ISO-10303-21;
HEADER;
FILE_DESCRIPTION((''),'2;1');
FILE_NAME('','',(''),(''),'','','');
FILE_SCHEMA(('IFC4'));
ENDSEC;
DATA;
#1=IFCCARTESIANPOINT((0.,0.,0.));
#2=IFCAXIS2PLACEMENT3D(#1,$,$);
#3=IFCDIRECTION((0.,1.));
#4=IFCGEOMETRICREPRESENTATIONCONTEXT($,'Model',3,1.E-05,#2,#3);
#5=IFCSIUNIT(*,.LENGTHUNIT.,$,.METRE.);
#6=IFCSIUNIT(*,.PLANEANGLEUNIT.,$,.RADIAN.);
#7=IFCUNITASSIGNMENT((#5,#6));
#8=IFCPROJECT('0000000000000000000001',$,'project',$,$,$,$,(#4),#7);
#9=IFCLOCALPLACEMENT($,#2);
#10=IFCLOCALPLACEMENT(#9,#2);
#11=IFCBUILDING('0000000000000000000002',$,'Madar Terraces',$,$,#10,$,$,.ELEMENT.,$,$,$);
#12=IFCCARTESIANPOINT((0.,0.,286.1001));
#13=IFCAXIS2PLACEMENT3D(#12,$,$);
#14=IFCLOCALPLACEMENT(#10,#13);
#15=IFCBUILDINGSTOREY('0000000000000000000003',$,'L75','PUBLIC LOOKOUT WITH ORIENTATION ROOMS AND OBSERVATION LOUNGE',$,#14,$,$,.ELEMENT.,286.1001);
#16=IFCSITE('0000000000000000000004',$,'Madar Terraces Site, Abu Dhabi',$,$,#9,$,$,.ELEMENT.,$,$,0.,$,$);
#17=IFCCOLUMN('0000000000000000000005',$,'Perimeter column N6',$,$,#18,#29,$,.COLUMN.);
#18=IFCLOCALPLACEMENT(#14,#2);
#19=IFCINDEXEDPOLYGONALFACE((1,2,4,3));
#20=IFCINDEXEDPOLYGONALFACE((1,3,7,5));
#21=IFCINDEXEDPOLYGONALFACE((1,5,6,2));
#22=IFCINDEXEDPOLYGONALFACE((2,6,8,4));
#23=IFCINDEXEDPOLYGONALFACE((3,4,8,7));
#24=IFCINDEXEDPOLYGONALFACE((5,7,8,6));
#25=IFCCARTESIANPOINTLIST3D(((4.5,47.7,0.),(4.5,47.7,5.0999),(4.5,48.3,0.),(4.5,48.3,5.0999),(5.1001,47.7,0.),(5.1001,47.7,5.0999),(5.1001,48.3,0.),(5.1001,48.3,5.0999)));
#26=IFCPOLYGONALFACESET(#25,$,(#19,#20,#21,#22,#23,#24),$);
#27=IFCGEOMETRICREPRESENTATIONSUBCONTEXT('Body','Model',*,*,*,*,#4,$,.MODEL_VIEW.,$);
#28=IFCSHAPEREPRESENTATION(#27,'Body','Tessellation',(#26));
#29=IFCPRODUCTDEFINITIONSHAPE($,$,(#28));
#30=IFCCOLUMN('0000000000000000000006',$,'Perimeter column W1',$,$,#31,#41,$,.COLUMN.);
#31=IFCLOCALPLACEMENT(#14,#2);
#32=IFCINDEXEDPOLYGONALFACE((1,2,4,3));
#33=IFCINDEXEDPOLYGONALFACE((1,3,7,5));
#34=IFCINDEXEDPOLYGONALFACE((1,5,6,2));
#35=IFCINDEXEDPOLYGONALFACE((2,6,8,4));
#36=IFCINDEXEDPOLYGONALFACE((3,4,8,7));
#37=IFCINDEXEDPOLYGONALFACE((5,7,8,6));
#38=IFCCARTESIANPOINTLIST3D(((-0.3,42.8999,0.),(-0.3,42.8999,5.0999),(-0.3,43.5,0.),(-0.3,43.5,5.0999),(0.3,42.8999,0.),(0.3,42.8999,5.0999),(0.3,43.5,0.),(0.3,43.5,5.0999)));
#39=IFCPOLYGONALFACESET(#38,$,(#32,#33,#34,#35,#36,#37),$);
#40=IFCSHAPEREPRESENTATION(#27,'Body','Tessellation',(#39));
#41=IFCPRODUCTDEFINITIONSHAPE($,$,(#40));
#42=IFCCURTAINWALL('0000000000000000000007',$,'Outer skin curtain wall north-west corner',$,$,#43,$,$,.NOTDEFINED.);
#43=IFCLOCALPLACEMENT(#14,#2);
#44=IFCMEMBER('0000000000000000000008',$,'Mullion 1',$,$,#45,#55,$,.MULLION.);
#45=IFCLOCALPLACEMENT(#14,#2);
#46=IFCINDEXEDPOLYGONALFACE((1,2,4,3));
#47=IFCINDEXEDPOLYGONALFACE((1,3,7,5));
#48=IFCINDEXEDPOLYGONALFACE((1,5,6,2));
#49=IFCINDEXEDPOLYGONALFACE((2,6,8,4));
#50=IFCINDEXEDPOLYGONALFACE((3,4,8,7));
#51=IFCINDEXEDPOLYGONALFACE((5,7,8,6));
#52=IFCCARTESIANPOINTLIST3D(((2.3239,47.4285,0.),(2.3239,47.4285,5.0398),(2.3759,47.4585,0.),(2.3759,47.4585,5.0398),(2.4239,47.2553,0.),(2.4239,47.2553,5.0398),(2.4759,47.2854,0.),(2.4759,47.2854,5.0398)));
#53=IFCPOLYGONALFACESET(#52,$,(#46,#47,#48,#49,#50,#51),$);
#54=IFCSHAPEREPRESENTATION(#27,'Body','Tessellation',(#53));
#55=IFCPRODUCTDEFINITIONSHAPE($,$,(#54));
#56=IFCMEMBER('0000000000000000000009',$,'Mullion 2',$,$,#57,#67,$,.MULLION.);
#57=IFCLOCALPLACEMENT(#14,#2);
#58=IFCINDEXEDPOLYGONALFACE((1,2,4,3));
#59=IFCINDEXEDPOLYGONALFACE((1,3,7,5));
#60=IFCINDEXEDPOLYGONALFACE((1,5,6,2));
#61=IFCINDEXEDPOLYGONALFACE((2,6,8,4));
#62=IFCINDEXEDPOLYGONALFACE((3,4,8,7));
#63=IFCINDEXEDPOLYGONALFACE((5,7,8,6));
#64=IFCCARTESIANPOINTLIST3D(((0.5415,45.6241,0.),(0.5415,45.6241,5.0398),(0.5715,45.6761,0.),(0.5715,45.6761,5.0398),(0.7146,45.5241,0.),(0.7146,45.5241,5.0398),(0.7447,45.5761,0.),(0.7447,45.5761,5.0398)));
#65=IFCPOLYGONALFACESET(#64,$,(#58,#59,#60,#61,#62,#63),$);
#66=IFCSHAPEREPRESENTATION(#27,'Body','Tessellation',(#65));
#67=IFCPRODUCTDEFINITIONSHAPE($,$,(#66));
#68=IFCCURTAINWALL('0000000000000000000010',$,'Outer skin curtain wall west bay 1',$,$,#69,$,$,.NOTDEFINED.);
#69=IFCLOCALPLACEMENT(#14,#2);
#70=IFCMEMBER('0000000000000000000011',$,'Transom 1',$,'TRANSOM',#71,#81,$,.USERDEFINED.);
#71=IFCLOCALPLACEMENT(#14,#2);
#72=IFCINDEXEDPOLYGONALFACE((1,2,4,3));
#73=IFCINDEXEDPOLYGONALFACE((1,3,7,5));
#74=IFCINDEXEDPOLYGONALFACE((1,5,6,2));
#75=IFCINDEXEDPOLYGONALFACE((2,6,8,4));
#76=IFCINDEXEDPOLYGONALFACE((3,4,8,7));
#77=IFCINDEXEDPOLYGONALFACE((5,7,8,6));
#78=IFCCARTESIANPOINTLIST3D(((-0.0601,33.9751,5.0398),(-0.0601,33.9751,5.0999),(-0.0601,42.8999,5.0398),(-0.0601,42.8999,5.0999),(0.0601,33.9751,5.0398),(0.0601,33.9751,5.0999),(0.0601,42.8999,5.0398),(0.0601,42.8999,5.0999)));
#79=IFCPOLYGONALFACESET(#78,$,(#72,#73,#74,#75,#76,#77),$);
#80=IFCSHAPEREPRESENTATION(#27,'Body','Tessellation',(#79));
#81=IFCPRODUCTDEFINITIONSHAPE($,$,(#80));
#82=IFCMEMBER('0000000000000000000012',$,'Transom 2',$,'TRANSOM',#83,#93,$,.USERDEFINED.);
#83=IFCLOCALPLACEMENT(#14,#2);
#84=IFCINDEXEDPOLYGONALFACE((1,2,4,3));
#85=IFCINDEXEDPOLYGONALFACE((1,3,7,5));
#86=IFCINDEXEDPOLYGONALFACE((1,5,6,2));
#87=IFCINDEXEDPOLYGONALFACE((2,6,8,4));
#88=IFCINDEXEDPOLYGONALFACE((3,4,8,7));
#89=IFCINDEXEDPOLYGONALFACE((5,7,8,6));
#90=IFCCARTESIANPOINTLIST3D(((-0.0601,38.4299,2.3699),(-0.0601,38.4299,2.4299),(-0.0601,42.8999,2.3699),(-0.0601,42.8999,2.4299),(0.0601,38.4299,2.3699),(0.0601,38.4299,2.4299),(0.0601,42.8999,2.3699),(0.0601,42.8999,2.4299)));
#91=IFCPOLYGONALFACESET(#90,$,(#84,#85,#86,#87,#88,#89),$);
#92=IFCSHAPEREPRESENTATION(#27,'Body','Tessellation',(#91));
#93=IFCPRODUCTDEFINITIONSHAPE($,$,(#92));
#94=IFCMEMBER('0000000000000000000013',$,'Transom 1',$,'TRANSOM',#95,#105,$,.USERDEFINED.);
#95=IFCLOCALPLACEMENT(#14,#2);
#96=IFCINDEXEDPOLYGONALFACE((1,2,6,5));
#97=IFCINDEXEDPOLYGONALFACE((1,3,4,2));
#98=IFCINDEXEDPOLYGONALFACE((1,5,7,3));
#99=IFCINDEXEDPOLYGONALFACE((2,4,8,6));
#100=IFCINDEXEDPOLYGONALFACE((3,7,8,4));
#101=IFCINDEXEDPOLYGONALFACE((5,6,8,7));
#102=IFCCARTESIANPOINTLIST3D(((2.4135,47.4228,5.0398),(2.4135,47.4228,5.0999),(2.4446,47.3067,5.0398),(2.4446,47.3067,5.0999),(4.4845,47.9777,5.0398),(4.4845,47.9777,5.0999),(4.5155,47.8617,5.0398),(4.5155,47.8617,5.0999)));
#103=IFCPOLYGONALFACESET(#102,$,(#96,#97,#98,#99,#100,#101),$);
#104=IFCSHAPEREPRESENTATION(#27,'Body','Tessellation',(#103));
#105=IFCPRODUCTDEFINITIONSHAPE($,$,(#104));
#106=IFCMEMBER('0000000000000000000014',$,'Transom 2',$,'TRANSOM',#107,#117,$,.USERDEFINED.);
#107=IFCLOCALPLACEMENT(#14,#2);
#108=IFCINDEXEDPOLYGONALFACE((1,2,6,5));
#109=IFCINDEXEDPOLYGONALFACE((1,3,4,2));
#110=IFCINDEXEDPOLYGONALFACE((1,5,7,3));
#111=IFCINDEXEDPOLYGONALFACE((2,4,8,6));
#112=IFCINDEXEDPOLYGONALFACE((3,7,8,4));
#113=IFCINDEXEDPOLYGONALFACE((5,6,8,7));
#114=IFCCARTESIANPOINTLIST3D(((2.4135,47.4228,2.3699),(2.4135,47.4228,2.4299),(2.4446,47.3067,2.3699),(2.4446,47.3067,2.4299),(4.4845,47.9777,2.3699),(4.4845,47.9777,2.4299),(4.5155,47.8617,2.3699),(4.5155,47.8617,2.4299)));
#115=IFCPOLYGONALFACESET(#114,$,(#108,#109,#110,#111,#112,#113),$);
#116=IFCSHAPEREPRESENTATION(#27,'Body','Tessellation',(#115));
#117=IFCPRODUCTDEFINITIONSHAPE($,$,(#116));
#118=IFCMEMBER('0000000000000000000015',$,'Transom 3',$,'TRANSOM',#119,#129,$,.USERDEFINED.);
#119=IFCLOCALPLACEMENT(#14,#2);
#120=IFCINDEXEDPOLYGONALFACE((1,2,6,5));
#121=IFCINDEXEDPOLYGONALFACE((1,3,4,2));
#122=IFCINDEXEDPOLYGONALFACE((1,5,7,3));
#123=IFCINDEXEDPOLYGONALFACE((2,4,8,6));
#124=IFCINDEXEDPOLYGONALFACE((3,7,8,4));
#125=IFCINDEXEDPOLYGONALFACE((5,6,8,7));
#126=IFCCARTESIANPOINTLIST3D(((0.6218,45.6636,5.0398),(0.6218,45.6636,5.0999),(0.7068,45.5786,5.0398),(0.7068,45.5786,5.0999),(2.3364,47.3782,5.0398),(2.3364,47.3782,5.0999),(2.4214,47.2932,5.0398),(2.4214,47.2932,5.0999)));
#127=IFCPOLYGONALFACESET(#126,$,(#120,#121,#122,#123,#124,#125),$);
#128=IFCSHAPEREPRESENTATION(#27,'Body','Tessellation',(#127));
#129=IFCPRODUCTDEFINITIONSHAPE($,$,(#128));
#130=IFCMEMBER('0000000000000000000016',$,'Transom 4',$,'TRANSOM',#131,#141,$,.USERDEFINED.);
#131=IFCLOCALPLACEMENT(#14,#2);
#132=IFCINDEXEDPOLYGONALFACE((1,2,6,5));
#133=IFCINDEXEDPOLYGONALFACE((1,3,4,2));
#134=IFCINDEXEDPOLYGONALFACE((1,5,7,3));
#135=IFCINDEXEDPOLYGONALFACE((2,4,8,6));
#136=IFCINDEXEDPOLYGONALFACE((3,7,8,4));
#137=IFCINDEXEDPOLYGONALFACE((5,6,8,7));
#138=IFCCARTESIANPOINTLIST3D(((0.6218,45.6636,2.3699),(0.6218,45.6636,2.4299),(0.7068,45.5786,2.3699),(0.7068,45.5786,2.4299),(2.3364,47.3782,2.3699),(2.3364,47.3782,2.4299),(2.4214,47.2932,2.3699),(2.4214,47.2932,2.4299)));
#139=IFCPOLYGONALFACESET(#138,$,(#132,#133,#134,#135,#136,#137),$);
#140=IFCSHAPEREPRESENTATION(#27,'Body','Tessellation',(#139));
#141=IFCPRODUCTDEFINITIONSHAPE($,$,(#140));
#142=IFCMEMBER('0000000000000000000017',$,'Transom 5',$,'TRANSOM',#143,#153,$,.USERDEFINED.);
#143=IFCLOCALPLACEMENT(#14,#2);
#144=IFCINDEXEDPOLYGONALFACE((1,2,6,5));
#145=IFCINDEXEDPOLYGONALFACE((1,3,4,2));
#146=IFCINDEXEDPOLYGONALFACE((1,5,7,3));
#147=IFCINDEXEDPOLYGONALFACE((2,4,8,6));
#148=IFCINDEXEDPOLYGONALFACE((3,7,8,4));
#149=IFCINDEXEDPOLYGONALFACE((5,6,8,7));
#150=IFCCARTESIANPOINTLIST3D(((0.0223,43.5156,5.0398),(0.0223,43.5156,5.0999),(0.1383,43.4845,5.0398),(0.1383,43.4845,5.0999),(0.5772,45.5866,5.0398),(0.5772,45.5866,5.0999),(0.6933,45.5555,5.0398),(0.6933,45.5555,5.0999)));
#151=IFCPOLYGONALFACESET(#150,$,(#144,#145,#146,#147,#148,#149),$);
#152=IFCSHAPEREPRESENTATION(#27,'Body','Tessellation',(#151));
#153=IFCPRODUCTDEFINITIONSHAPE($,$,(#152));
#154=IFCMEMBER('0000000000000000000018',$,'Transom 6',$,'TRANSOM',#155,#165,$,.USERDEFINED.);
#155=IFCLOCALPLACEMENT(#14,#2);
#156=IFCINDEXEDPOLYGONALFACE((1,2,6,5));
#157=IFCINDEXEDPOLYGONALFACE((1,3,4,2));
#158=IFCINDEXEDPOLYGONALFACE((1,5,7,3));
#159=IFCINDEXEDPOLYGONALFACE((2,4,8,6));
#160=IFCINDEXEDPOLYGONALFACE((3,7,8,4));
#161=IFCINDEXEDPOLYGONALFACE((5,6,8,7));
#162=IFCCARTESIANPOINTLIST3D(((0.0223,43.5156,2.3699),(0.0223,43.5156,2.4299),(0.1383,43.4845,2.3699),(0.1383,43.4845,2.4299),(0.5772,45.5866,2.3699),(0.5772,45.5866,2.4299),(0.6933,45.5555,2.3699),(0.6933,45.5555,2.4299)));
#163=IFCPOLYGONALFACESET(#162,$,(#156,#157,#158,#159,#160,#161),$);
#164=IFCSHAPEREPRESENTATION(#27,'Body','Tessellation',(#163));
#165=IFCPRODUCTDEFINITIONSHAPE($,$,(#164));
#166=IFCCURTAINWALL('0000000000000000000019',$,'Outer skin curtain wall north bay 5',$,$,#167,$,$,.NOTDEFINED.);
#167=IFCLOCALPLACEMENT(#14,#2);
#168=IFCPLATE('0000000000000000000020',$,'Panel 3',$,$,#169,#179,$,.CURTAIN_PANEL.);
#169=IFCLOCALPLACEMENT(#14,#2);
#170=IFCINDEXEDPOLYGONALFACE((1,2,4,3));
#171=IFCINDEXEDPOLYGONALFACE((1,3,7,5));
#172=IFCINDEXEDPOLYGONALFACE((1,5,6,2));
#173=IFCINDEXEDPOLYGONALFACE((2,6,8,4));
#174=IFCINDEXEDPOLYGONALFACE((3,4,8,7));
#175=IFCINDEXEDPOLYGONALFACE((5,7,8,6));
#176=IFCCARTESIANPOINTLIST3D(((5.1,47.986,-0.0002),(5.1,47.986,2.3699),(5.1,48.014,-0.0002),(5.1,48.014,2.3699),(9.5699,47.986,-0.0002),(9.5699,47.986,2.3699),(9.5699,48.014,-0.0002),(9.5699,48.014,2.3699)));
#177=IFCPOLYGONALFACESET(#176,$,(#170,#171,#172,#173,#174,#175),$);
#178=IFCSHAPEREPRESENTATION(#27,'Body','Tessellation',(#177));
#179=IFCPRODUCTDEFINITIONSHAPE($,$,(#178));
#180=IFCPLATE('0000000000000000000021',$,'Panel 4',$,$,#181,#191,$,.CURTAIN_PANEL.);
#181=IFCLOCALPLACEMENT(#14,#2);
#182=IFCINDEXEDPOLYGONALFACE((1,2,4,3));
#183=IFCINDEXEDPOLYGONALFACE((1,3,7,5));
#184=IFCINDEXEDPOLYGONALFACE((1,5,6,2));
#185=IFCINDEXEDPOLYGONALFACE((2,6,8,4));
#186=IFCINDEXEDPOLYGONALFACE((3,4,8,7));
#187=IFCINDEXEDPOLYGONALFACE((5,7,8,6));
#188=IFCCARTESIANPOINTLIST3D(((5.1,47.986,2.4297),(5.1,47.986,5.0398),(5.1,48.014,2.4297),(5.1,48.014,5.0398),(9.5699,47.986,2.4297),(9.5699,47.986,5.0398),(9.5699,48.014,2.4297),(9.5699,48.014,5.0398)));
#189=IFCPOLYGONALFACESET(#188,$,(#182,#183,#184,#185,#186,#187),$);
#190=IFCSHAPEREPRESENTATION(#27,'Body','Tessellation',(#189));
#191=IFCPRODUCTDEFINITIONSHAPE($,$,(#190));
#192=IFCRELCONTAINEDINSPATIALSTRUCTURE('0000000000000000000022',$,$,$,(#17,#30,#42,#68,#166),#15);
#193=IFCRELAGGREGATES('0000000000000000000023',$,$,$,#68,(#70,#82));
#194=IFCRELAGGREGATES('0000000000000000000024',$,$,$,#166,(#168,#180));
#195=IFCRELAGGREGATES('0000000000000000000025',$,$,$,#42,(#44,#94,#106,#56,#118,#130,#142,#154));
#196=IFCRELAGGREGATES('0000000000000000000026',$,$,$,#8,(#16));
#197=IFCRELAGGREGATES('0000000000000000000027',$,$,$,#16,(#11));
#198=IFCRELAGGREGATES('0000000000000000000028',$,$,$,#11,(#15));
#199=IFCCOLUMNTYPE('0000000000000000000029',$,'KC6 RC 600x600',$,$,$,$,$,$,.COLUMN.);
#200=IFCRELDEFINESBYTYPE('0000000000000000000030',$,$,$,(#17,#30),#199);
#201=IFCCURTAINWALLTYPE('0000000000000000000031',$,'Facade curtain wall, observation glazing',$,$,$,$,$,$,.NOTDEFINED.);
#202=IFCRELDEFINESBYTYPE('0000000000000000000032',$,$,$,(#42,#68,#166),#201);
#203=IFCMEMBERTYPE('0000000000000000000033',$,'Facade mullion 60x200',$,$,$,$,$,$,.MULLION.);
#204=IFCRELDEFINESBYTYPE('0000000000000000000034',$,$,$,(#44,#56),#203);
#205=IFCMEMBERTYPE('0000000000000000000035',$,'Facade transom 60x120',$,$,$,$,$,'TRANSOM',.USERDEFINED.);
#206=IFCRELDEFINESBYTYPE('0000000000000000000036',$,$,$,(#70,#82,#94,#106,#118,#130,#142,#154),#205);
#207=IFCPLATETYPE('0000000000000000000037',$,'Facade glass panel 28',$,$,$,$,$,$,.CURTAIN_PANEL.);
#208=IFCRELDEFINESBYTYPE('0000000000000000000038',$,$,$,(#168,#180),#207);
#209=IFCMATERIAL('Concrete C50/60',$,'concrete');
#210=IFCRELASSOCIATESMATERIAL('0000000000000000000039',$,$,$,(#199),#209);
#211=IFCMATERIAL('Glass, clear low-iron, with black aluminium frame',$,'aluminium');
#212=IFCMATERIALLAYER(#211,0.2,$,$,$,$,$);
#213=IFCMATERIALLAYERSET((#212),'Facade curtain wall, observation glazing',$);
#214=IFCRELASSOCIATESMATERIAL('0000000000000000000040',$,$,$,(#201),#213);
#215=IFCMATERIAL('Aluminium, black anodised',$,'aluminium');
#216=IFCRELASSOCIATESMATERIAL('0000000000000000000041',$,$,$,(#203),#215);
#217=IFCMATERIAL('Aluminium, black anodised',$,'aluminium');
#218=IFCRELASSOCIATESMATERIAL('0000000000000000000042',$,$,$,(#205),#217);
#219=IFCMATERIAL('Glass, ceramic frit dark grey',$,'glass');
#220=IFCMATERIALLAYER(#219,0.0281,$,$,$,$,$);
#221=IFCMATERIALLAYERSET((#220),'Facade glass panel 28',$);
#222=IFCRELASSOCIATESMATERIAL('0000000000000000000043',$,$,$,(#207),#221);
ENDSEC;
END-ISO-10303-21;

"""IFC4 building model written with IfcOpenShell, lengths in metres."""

from ifc_helpers import new_model, si_unit, direction, frame, origin, origin_2d, place, context, subcontext, project, spatial, rectangle, extrude, material, layer, layer_set, material_profile, profile_set, type_object, element, aggregate, save


model = new_model("IFC4")

# Units and contexts
model_context = context("Model", 3, precision=1e-05, world=origin(), true_north=direction((0.0, 1.0)))
body_context = subcontext(model_context, "Body", "Model", "MODEL_VIEW")
ifc_project = project(units=[si_unit("LENGTHUNIT", "METRE"), si_unit("PLANEANGLEUNIT", "RADIAN")], contexts=[model_context])

# Site, building, storey
site_placement = place(None, origin())
site = spatial("IfcSite", under=ifc_project, at=site_placement, Name="Madar Terraces Site, Abu Dhabi", CompositionType="ELEMENT", RefElevation=0.0)
building_placement = place(site_placement, origin())
building = spatial("IfcBuilding", under=site, at=building_placement, Name="Madar Terraces", CompositionType="ELEMENT")
storey_placement = place(building_placement, frame((0.0, 0.0, 286.1001)))
storey = spatial("IfcBuildingStorey", under=building, at=storey_placement, Name="L75", Description="PUBLIC LOOKOUT WITH ORIENTATION ROOMS AND OBSERVATION LOUNGE", CompositionType="ELEMENT", Elevation=286.1001)

# Columns
ifc_material_1 = material(Name="Concrete C50/60", Category="concrete")
ifc_material_profile_1 = material_profile(ifc_material_1, rectangle(XDim=0.6001, YDim=0.6001, at=origin_2d()), Name="KC6 RC 600x600")
ifc_profile_set_1 = profile_set([ifc_material_profile_1], Name="Concrete C50/60")
column_type = type_object("IfcColumnType", Name="KC6 RC 600x600", PredefinedType="COLUMN", material=ifc_profile_set_1)
for number, where, z_axis, x_axis, name in (
    (1, (4.8, 48.0, 0.0), (0.0, 0.0, 1.0), (1.0, 0.0, 0.0), "Perimeter column N6"),
    (2, (0.0, 43.2, 0.0), (0.0, 0.0, 1.0), (1.0, 0.0, 0.0), "Perimeter column W1"),
):
    element("IfcColumn", number, at=place(storey_placement, frame(where, z_axis=z_axis, x_axis=x_axis)), inside=storey, type_object=column_type, Name=name, PredefinedType="COLUMN", context=body_context, shape_type="SweptSolid", body=[
        extrude(rectangle(XDim=0.6001, YDim=0.6001, at=origin_2d()), origin(), (0.0, 0.0, 1.0), 5.0999),
    ])

# Curtain walls, members
ifc_material_2 = material(Name="Glass, clear low-iron, with black aluminium frame", Category="aluminium")
ifc_layer_1 = layer(ifc_material_2, 0.2)
ifc_layer_set_1 = layer_set([ifc_layer_1], Name="Facade curtain wall, observation glazing")
curtain_wall_type = type_object("IfcCurtainWallType", Name="Facade curtain wall, observation glazing", PredefinedType="NOTDEFINED", material=ifc_layer_set_1)
curtain_wall_1_placement = place(storey_placement, origin())
curtain_wall_1 = element("IfcCurtainWall", 3, at=curtain_wall_1_placement, inside=storey, type_object=curtain_wall_type, Name="Outer skin curtain wall north-west corner", PredefinedType="NOTDEFINED")
ifc_material_3 = material(Name="Aluminium, black anodised", Category="aluminium")
ifc_material_profile_2 = material_profile(ifc_material_3, rectangle(XDim=0.2, YDim=0.0601, at=origin_2d()), Name="Facade mullion 60x200")
ifc_profile_set_2 = profile_set([ifc_material_profile_2], Name="Aluminium, black anodised")
member_type_1 = type_object("IfcMemberType", Name="Facade mullion 60x200", PredefinedType="MULLION", material=ifc_profile_set_2)
member_1_placement = place(storey_placement, frame((2.3999, 47.3569, 0.0), z_axis=(0.0, 0.0, 1.0), x_axis=(0.5, -0.866025, 0.0)))
member_1 = element("IfcMember", 4, at=member_1_placement, type_object=member_type_1, Name="Mullion 1", PredefinedType="MULLION", context=body_context, shape_type="SweptSolid", body=[
    extrude(rectangle(XDim=0.2, YDim=0.0601, at=origin_2d()), origin(), (0.0, 0.0, 1.0), 5.0398),
])
member_2_placement = place(storey_placement, frame((0.6431, 45.6001, 0.0), z_axis=(0.0, 0.0, 1.0), x_axis=(0.866025, -0.5, 0.0)))
member_2 = element("IfcMember", 5, at=member_2_placement, type_object=member_type_1, Name="Mullion 2", PredefinedType="MULLION", context=body_context, shape_type="SweptSolid", body=[
    extrude(rectangle(XDim=0.2, YDim=0.0601, at=origin_2d()), origin(), (0.0, 0.0, 1.0), 5.0398),
])
curtain_wall_2_placement = place(storey_placement, origin())
curtain_wall_2 = element("IfcCurtainWall", 6, at=curtain_wall_2_placement, inside=storey, type_object=curtain_wall_type, Name="Outer skin curtain wall west bay 1", PredefinedType="NOTDEFINED")
ifc_material_4 = material(Name="Aluminium, black anodised", Category="aluminium")
ifc_material_profile_3 = material_profile(ifc_material_4, rectangle(XDim=0.1201, YDim=0.0601, at=origin_2d()), Name="Facade transom 60x120")
ifc_profile_set_3 = profile_set([ifc_material_profile_3], Name="Aluminium, black anodised")
member_type_2 = type_object("IfcMemberType", Name="Facade transom 60x120", ElementType="TRANSOM", PredefinedType="USERDEFINED", material=ifc_profile_set_3)
member_3_placement = place(storey_placement, frame((0.0, 42.8999, 5.0698), z_axis=(0.0, -1.0, 0.0), x_axis=(1.0, 0.0, 0.0)))
member_3 = element("IfcMember", 7, at=member_3_placement, type_object=member_type_2, Name="Transom 1", ObjectType="TRANSOM", PredefinedType="USERDEFINED", context=body_context, shape_type="SweptSolid", body=[
    extrude(rectangle(XDim=0.1201, YDim=0.0601, at=origin_2d()), origin(), (0.0, 0.0, 1.0), 8.9248),
])
member_4_placement = place(storey_placement, frame((0.0, 42.8999, 2.3999), z_axis=(0.0, -1.0, 0.0), x_axis=(1.0, 0.0, 0.0)))
member_4 = element("IfcMember", 8, at=member_4_placement, type_object=member_type_2, Name="Transom 2", ObjectType="TRANSOM", PredefinedType="USERDEFINED", context=body_context, shape_type="SweptSolid", body=[
    extrude(rectangle(XDim=0.1201, YDim=0.0601, at=origin_2d()), origin(), (0.0, 0.0, 1.0), 4.47),
])
aggregate(curtain_wall_2, [member_3, member_4])

# Members
member_5_placement = place(storey_placement, frame((4.5, 47.9197, 5.0698), z_axis=(-0.965926, -0.258818, 0.0), x_axis=(0.258818, -0.965926, 0.0)))
member_5 = element("IfcMember", 9, at=member_5_placement, type_object=member_type_2, Name="Transom 1", ObjectType="TRANSOM", PredefinedType="USERDEFINED", context=body_context, shape_type="SweptSolid", body=[
    extrude(rectangle(XDim=0.1201, YDim=0.0601, at=origin_2d()), origin(), (0.0, 0.0, 1.0), 2.144),
])
member_6_placement = place(storey_placement, frame((4.5, 47.9197, 2.3999), z_axis=(-0.965926, -0.258818, 0.0), x_axis=(0.258818, -0.965926, 0.0)))
member_6 = element("IfcMember", 10, at=member_6_placement, type_object=member_type_2, Name="Transom 2", ObjectType="TRANSOM", PredefinedType="USERDEFINED", context=body_context, shape_type="SweptSolid", body=[
    extrude(rectangle(XDim=0.1201, YDim=0.0601, at=origin_2d()), origin(), (0.0, 0.0, 1.0), 2.144),
])
member_7_placement = place(storey_placement, frame((2.3789, 47.3357, 5.0698), z_axis=(-0.707107, -0.707107, 0.0), x_axis=(0.707107, -0.707107, 0.0)))
member_7 = element("IfcMember", 11, at=member_7_placement, type_object=member_type_2, Name="Transom 3", ObjectType="TRANSOM", PredefinedType="USERDEFINED", context=body_context, shape_type="SweptSolid", body=[
    extrude(rectangle(XDim=0.1201, YDim=0.0601, at=origin_2d()), origin(), (0.0, 0.0, 1.0), 2.4248),
])
member_8_placement = place(storey_placement, frame((2.3789, 47.3357, 2.3999), z_axis=(-0.707107, -0.707107, 0.0), x_axis=(0.707107, -0.707107, 0.0)))
member_8 = element("IfcMember", 12, at=member_8_placement, type_object=member_type_2, Name="Transom 4", ObjectType="TRANSOM", PredefinedType="USERDEFINED", context=body_context, shape_type="SweptSolid", body=[
    extrude(rectangle(XDim=0.1201, YDim=0.0601, at=origin_2d()), origin(), (0.0, 0.0, 1.0), 2.4248),
])
member_9_placement = place(storey_placement, frame((0.6353, 45.571, 5.0698), z_axis=(-0.258818, -0.965926, 0.0), x_axis=(0.965926, -0.258818, 0.0)))
member_9 = element("IfcMember", 13, at=member_9_placement, type_object=member_type_2, Name="Transom 5", ObjectType="TRANSOM", PredefinedType="USERDEFINED", context=body_context, shape_type="SweptSolid", body=[
    extrude(rectangle(XDim=0.1201, YDim=0.0601, at=origin_2d()), origin(), (0.0, 0.0, 1.0), 2.144),
])
member_10_placement = place(storey_placement, frame((0.6353, 45.571, 2.3999), z_axis=(-0.258818, -0.965926, 0.0), x_axis=(0.965926, -0.258818, 0.0)))
member_10 = element("IfcMember", 14, at=member_10_placement, type_object=member_type_2, Name="Transom 6", ObjectType="TRANSOM", PredefinedType="USERDEFINED", context=body_context, shape_type="SweptSolid", body=[
    extrude(rectangle(XDim=0.1201, YDim=0.0601, at=origin_2d()), origin(), (0.0, 0.0, 1.0), 2.144),
])

# Curtain wall, plates
curtain_wall_3_placement = place(storey_placement, origin())
curtain_wall_3 = element("IfcCurtainWall", 15, at=curtain_wall_3_placement, inside=storey, type_object=curtain_wall_type, Name="Outer skin curtain wall north bay 5", PredefinedType="NOTDEFINED")
ifc_material_5 = material(Name="Glass, ceramic frit dark grey", Category="glass")
ifc_layer_2 = layer(ifc_material_5, 0.0281)
ifc_layer_set_2 = layer_set([ifc_layer_2], Name="Facade glass panel 28")
plate_type = type_object("IfcPlateType", Name="Facade glass panel 28", PredefinedType="CURTAIN_PANEL", material=ifc_layer_set_2)
plate_1_placement = place(storey_placement, frame((7.335, 48.0, -0.0002), z_axis=(0.0, 0.0, 1.0), x_axis=(-1.0, 0.0, 0.0)))
plate_1 = element("IfcPlate", 16, at=plate_1_placement, type_object=plate_type, Name="Panel 3", PredefinedType="CURTAIN_PANEL", context=body_context, shape_type="SweptSolid", body=[
    extrude(rectangle(XDim=4.47, YDim=0.0281, at=origin_2d()), origin(), (0.0, 0.0, 1.0), 2.3701),
])
plate_2_placement = place(storey_placement, frame((7.335, 48.0, 2.4297), z_axis=(0.0, 0.0, 1.0), x_axis=(-1.0, 0.0, 0.0)))
plate_2 = element("IfcPlate", 17, at=plate_2_placement, type_object=plate_type, Name="Panel 4", PredefinedType="CURTAIN_PANEL", context=body_context, shape_type="SweptSolid", body=[
    extrude(rectangle(XDim=4.47, YDim=0.0281, at=origin_2d()), origin(), (0.0, 0.0, 1.0), 2.6101),
])
aggregate(curtain_wall_3, [plate_1, plate_2])

aggregate(curtain_wall_1, [member_1, member_5, member_6, member_2, member_7, member_8, member_9, member_10])

save(model, "model.ifc")
